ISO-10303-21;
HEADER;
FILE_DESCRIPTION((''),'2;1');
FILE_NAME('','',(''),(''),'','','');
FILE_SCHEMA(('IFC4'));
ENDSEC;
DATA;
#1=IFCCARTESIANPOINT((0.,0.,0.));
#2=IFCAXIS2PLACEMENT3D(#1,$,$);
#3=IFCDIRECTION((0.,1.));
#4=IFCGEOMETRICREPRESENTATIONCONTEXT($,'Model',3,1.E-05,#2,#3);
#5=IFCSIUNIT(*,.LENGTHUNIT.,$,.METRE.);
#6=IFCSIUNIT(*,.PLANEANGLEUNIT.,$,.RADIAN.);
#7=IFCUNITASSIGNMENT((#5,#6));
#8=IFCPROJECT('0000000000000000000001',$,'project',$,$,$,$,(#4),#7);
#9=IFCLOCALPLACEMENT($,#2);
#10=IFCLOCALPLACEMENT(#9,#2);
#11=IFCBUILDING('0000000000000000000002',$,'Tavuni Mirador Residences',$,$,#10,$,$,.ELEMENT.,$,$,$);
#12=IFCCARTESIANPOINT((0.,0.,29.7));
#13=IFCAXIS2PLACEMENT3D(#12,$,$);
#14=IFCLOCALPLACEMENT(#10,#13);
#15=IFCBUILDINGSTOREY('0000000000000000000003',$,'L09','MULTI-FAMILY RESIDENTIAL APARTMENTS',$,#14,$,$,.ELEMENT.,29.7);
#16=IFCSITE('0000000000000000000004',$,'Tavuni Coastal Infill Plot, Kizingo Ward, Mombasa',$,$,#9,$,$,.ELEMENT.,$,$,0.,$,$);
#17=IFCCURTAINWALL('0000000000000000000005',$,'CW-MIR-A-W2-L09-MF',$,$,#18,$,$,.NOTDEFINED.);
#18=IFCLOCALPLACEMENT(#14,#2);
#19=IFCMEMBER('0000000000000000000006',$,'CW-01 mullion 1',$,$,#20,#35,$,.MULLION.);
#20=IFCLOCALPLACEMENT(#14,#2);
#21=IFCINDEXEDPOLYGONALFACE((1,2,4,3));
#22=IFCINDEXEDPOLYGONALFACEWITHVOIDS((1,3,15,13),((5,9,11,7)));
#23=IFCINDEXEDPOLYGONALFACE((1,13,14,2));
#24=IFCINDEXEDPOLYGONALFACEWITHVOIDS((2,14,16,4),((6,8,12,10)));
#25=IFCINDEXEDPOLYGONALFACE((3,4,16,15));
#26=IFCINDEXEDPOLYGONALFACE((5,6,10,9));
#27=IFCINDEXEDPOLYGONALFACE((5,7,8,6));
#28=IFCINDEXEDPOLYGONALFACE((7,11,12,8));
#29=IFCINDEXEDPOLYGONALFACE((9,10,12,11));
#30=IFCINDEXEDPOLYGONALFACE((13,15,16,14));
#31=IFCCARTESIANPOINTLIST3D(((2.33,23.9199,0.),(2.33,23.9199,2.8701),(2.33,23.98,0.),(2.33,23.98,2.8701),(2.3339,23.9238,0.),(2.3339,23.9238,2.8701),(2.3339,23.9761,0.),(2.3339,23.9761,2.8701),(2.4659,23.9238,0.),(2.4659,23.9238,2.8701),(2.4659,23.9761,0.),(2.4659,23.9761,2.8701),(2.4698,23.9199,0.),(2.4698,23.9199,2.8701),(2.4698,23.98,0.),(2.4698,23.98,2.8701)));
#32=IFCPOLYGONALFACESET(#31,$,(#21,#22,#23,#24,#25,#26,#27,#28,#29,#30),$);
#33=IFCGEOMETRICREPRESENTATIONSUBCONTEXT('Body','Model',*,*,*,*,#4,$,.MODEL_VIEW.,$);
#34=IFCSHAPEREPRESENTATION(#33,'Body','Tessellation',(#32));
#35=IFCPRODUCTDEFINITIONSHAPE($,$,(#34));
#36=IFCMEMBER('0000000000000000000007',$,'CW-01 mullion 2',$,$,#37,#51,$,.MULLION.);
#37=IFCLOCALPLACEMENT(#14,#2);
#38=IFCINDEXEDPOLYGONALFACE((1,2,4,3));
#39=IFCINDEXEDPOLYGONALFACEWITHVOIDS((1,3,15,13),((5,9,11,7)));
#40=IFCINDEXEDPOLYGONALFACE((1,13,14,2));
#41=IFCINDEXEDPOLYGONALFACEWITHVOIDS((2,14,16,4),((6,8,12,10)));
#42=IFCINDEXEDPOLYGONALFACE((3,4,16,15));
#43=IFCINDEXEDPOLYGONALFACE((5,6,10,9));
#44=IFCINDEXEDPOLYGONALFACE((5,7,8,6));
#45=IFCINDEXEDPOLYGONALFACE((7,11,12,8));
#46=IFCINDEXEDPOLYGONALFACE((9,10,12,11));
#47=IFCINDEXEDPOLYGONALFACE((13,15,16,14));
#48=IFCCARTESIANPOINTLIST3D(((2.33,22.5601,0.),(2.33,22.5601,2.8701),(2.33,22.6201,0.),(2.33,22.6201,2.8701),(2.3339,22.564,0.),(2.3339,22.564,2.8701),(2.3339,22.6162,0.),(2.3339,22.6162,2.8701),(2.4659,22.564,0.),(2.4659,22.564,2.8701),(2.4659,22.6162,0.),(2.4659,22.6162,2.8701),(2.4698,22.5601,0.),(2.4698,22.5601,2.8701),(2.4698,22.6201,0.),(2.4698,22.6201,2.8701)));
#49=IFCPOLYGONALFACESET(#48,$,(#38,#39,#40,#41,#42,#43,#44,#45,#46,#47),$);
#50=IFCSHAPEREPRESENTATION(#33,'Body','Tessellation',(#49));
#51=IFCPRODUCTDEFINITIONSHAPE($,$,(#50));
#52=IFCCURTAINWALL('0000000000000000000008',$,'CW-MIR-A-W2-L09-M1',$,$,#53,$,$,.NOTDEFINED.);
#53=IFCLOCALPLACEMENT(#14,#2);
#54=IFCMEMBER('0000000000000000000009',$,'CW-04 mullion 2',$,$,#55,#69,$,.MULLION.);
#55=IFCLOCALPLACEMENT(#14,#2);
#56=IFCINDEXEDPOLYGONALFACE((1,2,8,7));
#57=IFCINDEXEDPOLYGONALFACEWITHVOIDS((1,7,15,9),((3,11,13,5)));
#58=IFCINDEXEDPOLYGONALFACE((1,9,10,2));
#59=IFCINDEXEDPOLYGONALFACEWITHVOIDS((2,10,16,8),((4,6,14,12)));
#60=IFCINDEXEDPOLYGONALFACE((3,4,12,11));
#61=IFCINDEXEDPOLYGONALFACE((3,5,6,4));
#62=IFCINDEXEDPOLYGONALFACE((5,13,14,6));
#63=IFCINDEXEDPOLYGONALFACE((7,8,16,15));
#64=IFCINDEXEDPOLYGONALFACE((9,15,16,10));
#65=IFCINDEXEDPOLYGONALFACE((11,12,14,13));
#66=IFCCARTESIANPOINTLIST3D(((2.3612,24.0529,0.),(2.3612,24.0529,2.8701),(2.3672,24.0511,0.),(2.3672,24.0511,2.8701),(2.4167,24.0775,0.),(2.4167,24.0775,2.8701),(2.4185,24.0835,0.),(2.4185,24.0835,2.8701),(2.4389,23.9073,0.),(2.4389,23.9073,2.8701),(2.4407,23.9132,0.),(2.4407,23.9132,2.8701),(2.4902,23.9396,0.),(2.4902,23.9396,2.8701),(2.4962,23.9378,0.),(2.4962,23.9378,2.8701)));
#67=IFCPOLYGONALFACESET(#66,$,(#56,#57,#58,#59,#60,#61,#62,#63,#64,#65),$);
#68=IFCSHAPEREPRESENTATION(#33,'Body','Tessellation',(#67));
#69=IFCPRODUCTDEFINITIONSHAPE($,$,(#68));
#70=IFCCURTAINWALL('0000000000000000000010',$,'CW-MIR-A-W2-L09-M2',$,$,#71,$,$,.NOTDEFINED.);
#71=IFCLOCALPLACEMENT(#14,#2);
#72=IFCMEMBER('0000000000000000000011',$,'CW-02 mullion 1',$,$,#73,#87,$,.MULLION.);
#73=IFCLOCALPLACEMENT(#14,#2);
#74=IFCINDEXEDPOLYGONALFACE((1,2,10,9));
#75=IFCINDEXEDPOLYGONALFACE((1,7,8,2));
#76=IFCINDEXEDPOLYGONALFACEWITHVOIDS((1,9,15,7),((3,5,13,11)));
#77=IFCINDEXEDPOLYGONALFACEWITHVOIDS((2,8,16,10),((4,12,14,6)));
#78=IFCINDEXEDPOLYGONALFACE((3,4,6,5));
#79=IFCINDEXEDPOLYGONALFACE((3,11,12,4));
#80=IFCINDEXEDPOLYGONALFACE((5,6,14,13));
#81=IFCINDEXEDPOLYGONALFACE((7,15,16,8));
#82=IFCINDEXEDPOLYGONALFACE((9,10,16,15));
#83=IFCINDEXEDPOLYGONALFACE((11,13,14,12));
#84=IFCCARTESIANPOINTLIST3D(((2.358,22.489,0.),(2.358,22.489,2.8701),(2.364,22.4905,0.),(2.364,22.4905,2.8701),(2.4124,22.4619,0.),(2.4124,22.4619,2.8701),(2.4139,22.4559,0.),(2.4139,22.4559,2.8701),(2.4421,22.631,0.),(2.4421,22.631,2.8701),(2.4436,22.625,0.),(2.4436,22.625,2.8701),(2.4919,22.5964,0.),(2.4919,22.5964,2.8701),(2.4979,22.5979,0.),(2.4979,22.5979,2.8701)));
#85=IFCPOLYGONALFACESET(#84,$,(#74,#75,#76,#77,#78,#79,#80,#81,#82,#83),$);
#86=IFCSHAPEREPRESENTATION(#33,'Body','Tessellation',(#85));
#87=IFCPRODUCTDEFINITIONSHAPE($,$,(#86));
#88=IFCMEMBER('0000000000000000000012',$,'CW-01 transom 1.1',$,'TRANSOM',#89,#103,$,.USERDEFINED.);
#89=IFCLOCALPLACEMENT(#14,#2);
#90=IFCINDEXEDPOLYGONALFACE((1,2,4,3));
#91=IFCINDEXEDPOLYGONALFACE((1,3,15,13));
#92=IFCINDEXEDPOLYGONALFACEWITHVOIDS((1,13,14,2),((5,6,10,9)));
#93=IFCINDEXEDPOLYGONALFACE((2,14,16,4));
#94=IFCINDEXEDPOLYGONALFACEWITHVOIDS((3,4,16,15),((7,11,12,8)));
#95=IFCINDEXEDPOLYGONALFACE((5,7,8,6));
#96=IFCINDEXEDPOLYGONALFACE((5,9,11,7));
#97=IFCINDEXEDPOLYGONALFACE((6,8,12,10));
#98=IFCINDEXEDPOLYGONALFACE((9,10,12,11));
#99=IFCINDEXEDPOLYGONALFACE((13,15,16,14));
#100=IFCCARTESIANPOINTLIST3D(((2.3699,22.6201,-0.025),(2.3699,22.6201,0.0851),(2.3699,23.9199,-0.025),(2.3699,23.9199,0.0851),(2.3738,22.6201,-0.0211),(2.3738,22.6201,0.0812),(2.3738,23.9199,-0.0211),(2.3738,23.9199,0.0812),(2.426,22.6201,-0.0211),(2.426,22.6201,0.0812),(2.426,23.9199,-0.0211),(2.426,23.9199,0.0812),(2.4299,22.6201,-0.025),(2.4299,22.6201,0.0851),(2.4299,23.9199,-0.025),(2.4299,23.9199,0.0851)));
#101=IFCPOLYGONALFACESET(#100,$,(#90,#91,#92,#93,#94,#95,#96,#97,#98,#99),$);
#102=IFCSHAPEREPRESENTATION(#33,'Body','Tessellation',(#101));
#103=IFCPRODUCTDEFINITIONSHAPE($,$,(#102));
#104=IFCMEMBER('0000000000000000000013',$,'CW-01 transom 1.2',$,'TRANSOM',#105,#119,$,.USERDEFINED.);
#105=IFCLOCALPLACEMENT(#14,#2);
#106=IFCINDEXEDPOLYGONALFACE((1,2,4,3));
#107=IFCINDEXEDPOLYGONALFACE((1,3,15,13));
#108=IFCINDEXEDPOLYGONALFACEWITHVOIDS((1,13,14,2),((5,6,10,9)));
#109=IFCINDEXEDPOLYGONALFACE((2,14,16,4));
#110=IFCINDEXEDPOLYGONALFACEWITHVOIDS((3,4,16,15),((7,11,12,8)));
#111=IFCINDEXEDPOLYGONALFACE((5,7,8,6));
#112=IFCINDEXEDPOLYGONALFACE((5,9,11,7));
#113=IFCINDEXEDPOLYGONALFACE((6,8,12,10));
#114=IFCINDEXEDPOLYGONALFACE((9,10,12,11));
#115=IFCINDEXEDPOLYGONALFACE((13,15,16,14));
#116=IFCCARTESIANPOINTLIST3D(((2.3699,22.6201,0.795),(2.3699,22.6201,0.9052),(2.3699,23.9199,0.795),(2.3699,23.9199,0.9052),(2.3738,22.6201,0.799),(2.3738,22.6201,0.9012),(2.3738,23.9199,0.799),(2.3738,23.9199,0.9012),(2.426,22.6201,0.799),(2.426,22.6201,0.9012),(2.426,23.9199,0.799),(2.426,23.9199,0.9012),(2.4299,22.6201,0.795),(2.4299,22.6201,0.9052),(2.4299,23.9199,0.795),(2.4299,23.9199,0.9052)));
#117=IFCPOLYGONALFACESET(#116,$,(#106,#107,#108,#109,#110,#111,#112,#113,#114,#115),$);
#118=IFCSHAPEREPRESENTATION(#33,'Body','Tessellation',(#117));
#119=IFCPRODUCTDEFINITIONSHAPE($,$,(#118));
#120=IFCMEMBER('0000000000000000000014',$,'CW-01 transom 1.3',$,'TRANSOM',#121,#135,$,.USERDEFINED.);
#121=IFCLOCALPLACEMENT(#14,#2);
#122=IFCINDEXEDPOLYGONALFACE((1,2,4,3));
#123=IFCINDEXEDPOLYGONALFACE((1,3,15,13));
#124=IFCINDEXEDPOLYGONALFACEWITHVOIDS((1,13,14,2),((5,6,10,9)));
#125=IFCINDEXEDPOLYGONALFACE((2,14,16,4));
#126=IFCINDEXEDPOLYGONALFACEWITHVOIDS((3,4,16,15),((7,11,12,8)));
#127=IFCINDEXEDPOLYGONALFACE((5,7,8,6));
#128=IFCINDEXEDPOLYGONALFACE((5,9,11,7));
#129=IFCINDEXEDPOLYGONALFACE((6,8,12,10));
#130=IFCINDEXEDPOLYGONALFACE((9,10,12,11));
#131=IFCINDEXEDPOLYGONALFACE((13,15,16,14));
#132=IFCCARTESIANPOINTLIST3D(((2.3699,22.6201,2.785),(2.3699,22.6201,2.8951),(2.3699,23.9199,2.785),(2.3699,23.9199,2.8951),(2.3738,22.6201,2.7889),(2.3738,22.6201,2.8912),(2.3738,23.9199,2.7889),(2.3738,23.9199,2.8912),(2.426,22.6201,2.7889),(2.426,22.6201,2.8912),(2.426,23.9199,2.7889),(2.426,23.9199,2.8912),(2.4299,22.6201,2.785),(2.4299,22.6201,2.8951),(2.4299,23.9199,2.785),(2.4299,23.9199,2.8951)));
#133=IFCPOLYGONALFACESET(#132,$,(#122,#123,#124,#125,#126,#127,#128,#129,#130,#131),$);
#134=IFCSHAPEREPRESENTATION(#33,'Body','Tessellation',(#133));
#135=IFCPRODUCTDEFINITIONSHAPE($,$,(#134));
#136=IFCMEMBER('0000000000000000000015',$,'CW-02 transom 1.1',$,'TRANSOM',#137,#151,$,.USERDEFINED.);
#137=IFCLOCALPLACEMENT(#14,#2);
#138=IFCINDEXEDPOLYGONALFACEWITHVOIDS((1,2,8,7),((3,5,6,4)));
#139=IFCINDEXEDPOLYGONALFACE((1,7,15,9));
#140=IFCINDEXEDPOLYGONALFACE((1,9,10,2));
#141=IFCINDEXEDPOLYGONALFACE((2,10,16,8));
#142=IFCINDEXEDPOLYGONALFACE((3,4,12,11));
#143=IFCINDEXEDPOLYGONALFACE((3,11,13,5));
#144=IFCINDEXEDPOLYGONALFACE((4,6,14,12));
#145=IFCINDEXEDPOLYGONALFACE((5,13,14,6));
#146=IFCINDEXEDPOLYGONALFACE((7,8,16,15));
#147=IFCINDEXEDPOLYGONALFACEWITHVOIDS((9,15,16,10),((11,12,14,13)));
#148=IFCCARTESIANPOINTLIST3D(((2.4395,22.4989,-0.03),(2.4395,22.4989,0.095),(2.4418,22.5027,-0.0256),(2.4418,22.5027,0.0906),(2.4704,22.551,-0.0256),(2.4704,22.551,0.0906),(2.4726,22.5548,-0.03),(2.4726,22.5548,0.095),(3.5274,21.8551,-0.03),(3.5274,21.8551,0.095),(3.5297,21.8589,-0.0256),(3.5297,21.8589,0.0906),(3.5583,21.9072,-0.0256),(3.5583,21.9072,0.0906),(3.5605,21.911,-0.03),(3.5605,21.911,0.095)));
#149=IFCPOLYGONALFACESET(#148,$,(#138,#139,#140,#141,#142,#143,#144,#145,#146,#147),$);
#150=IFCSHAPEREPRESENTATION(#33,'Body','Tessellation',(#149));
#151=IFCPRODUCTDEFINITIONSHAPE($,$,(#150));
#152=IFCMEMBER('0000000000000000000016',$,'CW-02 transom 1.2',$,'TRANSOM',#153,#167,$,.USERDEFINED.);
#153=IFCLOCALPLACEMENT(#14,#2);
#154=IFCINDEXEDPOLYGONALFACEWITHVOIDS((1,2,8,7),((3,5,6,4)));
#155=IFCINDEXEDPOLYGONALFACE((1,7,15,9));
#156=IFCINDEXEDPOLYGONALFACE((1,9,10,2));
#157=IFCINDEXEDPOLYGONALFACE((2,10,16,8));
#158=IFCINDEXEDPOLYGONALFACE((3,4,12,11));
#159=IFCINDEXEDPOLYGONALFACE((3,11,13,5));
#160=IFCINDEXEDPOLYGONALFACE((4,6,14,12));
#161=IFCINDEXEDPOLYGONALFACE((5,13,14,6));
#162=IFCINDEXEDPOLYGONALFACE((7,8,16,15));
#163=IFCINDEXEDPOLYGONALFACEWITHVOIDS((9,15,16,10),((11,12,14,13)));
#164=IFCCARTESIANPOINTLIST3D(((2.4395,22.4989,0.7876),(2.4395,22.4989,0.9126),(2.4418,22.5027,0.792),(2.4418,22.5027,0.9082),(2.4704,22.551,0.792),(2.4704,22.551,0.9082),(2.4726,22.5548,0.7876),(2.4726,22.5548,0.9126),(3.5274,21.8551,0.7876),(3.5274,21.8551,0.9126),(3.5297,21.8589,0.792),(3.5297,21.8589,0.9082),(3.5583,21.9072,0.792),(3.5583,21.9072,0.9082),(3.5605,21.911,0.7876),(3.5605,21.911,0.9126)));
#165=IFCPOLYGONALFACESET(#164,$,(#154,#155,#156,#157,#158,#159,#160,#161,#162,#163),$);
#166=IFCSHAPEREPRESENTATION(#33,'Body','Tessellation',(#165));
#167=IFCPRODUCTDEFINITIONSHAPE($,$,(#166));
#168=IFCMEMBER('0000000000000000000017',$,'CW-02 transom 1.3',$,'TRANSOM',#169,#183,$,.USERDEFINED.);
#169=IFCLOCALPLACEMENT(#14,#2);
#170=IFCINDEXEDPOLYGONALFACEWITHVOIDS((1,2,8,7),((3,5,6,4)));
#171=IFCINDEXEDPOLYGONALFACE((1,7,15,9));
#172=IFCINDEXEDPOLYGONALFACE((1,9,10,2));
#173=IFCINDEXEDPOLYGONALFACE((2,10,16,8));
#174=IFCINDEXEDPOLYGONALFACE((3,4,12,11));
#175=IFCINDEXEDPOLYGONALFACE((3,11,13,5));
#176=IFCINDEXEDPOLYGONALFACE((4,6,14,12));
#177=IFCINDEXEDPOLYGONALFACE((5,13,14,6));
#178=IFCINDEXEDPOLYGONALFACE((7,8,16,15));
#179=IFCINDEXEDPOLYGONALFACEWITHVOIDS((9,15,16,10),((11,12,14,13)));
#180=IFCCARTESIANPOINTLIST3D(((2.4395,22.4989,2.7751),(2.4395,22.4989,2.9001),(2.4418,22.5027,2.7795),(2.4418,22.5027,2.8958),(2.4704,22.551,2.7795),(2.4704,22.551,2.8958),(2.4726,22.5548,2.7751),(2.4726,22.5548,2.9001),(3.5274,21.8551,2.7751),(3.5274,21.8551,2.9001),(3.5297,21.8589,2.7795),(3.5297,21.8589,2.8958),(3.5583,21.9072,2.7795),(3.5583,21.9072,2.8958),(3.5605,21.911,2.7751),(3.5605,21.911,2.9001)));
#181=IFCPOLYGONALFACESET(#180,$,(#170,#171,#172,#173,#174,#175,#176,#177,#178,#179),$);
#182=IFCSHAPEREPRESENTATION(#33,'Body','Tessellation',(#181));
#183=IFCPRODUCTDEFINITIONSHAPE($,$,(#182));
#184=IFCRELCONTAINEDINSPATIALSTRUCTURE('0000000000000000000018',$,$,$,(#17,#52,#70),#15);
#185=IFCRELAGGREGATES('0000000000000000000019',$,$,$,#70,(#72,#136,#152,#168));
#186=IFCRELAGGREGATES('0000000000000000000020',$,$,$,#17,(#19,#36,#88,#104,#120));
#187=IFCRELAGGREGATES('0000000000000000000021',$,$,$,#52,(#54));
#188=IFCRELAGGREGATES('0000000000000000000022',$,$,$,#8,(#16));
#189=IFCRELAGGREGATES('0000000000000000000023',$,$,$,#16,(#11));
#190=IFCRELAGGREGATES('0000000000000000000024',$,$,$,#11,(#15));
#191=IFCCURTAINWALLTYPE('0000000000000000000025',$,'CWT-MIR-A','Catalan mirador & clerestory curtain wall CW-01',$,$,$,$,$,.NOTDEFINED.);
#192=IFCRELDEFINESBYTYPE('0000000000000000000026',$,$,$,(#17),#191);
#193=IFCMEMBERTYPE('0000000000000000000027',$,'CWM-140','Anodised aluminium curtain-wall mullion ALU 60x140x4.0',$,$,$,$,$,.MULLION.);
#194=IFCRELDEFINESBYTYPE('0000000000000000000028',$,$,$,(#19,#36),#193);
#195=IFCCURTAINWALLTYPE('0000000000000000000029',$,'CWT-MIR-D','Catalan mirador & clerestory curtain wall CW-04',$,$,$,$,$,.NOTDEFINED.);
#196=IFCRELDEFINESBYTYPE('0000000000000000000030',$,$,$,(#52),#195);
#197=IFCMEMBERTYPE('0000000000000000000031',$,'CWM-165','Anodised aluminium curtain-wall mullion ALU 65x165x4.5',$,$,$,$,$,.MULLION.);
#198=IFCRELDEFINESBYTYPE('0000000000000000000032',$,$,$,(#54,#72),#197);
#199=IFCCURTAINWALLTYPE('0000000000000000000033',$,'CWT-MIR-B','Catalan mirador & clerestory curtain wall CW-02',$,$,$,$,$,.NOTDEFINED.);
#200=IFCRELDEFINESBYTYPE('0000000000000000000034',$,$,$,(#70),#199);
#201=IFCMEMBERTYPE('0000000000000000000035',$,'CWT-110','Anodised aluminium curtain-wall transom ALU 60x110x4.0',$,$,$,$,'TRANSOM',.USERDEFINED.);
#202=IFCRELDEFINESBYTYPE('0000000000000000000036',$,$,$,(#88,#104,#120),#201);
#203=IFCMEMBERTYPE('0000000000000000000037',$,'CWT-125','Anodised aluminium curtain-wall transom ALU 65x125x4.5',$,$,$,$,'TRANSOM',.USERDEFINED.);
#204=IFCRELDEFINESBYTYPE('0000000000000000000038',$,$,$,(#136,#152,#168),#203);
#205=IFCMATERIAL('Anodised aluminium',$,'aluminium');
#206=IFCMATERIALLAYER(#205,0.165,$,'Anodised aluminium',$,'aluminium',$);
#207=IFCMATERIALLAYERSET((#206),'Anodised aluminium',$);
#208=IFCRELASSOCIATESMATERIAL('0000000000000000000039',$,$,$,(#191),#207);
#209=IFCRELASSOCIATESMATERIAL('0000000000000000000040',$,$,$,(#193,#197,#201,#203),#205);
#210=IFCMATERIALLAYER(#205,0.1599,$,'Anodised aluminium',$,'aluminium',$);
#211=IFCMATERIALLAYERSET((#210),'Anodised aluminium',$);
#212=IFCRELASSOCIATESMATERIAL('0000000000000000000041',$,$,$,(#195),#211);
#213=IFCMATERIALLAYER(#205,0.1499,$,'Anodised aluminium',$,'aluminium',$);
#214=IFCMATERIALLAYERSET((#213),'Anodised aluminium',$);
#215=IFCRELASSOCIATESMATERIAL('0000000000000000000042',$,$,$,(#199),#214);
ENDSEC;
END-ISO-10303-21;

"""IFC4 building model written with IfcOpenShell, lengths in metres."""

from ifc_helpers import new_model, si_unit, direction, frame, origin, origin_2d, place, context, subcontext, project, spatial, hollow_rectangle, extrude, material, layer, layer_set, material_profile, profile_set, type_object, element, aggregate, save


model = new_model("IFC4")

# Units and contexts
model_context = context("Model", 3, precision=1e-05, world=origin(), true_north=direction((0.0, 1.0)))
body_context = subcontext(model_context, "Body", "Model", "MODEL_VIEW")
ifc_project = project(units=[si_unit("LENGTHUNIT", "METRE"), si_unit("PLANEANGLEUNIT", "RADIAN")], contexts=[model_context])

# Site, building, storey
site_placement = place(None, origin())
site = spatial("IfcSite", under=ifc_project, at=site_placement, Name="Tavuni Coastal Infill Plot, Kizingo Ward, Mombasa", CompositionType="ELEMENT", RefElevation=0.0)
building_placement = place(site_placement, origin())
building = spatial("IfcBuilding", under=site, at=building_placement, Name="Tavuni Mirador Residences", CompositionType="ELEMENT")
storey_placement = place(building_placement, frame((0.0, 0.0, 29.7)))
storey = spatial("IfcBuildingStorey", under=building, at=storey_placement, Name="L09", Description="MULTI-FAMILY RESIDENTIAL APARTMENTS", CompositionType="ELEMENT", Elevation=29.7)

# Curtain wall, members
ifc_material_1 = material(Name="Anodised aluminium", Category="aluminium")
ifc_layer_1 = layer(ifc_material_1, 0.165, Name="Anodised aluminium", Category="aluminium")
ifc_layer_set_1 = layer_set([ifc_layer_1], Name="Anodised aluminium")
curtain_wall_type_1 = type_object("IfcCurtainWallType", Name="CWT-MIR-A", Description="Catalan mirador & clerestory curtain wall CW-01", PredefinedType="NOTDEFINED", material=ifc_layer_set_1)
curtain_wall_1_placement = place(storey_placement, origin())
curtain_wall_1 = element("IfcCurtainWall", 1, at=curtain_wall_1_placement, inside=storey, type_object=curtain_wall_type_1, Name="CW-MIR-A-W2-L09-MF", PredefinedType="NOTDEFINED")
ifc_material_profile_1 = material_profile(ifc_material_1, hollow_rectangle(XDim=0.0601, YDim=0.1399, WallThickness=0.0039, at=origin_2d()), Name="ALU 60x140x4.0", Category="aluminium")
ifc_profile_set_1 = profile_set([ifc_material_profile_1], Name="Anodised aluminium")
member_type_1 = type_object("IfcMemberType", Name="CWM-140", Description="Anodised aluminium curtain-wall mullion ALU 60x140x4.0", PredefinedType="MULLION", material=ifc_profile_set_1)
member_1_placement = place(storey_placement, frame((2.3999, 23.95, 0.0), z_axis=(0.0, 0.0, 1.0), x_axis=(0.0, -1.0, 0.0)))
member_1 = element("IfcMember", 2, at=member_1_placement, type_object=member_type_1, Name="CW-01 mullion 1", PredefinedType="MULLION", context=body_context, shape_type="SweptSolid", body=[
    extrude(hollow_rectangle(XDim=0.0601, YDim=0.1399, WallThickness=0.0039, at=origin_2d()), origin(), (0.0, 0.0, 1.0), 2.8701),
])
member_2_placement = place(storey_placement, frame((2.3999, 22.5901, 0.0), z_axis=(0.0, 0.0, 1.0), x_axis=(0.0, -1.0, 0.0)))
member_2 = element("IfcMember", 3, at=member_2_placement, type_object=member_type_1, Name="CW-01 mullion 2", PredefinedType="MULLION", context=body_context, shape_type="SweptSolid", body=[
    extrude(hollow_rectangle(XDim=0.0601, YDim=0.1399, WallThickness=0.0039, at=origin_2d()), origin(), (0.0, 0.0, 1.0), 2.8701),
])

# Curtain walls, members
ifc_layer_2 = layer(ifc_material_1, 0.1599, Name="Anodised aluminium", Category="aluminium")
ifc_layer_set_2 = layer_set([ifc_layer_2], Name="Anodised aluminium")
curtain_wall_type_2 = type_object("IfcCurtainWallType", Name="CWT-MIR-D", Description="Catalan mirador & clerestory curtain wall CW-04", PredefinedType="NOTDEFINED", material=ifc_layer_set_2)
curtain_wall_2_placement = place(storey_placement, origin())
curtain_wall_2 = element("IfcCurtainWall", 4, at=curtain_wall_2_placement, inside=storey, type_object=curtain_wall_type_2, Name="CW-MIR-A-W2-L09-M1", PredefinedType="NOTDEFINED")
ifc_material_profile_2 = material_profile(ifc_material_1, hollow_rectangle(XDim=0.0649, YDim=0.165, WallThickness=0.0044, at=origin_2d()), Name="ALU 65x165x4.5", Category="aluminium")
ifc_profile_set_2 = profile_set([ifc_material_profile_2], Name="Anodised aluminium")
member_type_2 = type_object("IfcMemberType", Name="CWM-165", Description="Anodised aluminium curtain-wall mullion ALU 65x165x4.5", PredefinedType="MULLION", material=ifc_profile_set_2)
member_3_placement = place(storey_placement, frame((2.4287, 23.9954, 0.0), z_axis=(0.0, 0.0, 1.0), x_axis=(-0.882353, -0.470588, 0.0)))
member_3 = element("IfcMember", 5, at=member_3_placement, type_object=member_type_2, Name="CW-04 mullion 2", PredefinedType="MULLION", context=body_context, shape_type="SweptSolid", body=[
    extrude(hollow_rectangle(XDim=0.0649, YDim=0.165, WallThickness=0.0044, at=origin_2d()), origin(), (0.0, 0.0, 1.0), 2.8701),
])
ifc_layer_3 = layer(ifc_material_1, 0.1499, Name="Anodised aluminium", Category="aluminium")
ifc_layer_set_3 = layer_set([ifc_layer_3], Name="Anodised aluminium")
curtain_wall_type_3 = type_object("IfcCurtainWallType", Name="CWT-MIR-B", Description="Catalan mirador & clerestory curtain wall CW-02", PredefinedType="NOTDEFINED", material=ifc_layer_set_3)
curtain_wall_3_placement = place(storey_placement, origin())
curtain_wall_3 = element("IfcCurtainWall", 6, at=curtain_wall_3_placement, inside=storey, type_object=curtain_wall_type_3, Name="CW-MIR-A-W2-L09-M2", PredefinedType="NOTDEFINED")
member_4_placement = place(storey_placement, frame((2.428, 22.5435, 0.0), z_axis=(0.0, 0.0, 1.0), x_axis=(0.860641, -0.509212, 0.0)))
member_4 = element("IfcMember", 7, at=member_4_placement, type_object=member_type_2, Name="CW-02 mullion 1", PredefinedType="MULLION", context=body_context, shape_type="SweptSolid", body=[
    extrude(hollow_rectangle(XDim=0.0649, YDim=0.165, WallThickness=0.0044, at=origin_2d()), origin(), (0.0, 0.0, 1.0), 2.8701),
])

# Members
ifc_material_profile_3 = material_profile(ifc_material_1, hollow_rectangle(XDim=0.0601, YDim=0.1101, WallThickness=0.0039, at=origin_2d()), Name="ALU 60x110x4.0", Category="aluminium")
ifc_profile_set_3 = profile_set([ifc_material_profile_3], Name="Anodised aluminium")
member_type_3 = type_object("IfcMemberType", Name="CWT-110", Description="Anodised aluminium curtain-wall transom ALU 60x110x4.0", ElementType="TRANSOM", PredefinedType="USERDEFINED", material=ifc_profile_set_3)
member_5_placement = place(storey_placement, frame((2.3999, 23.9199, 0.03), z_axis=(0.0, -1.0, 0.0), x_axis=(1.0, 0.0, 0.0)))
member_5 = element("IfcMember", 8, at=member_5_placement, type_object=member_type_3, Name="CW-01 transom 1.1", ObjectType="TRANSOM", PredefinedType="USERDEFINED", context=body_context, shape_type="SweptSolid", body=[
    extrude(hollow_rectangle(XDim=0.0601, YDim=0.1101, WallThickness=0.0039, at=origin_2d()), origin(), (0.0, 0.0, 1.0), 1.2998),
])
member_6_placement = place(storey_placement, frame((2.3999, 23.9199, 0.8501), z_axis=(0.0, -1.0, 0.0), x_axis=(1.0, 0.0, 0.0)))
member_6 = element("IfcMember", 9, at=member_6_placement, type_object=member_type_3, Name="CW-01 transom 1.2", ObjectType="TRANSOM", PredefinedType="USERDEFINED", context=body_context, shape_type="SweptSolid", body=[
    extrude(hollow_rectangle(XDim=0.0601, YDim=0.1101, WallThickness=0.0039, at=origin_2d()), origin(), (0.0, 0.0, 1.0), 1.2998),
])
member_7_placement = place(storey_placement, frame((2.3999, 23.9199, 2.8401), z_axis=(0.0, -1.0, 0.0), x_axis=(1.0, 0.0, 0.0)))
member_7 = element("IfcMember", 10, at=member_7_placement, type_object=member_type_3, Name="CW-01 transom 1.3", ObjectType="TRANSOM", PredefinedType="USERDEFINED", context=body_context, shape_type="SweptSolid", body=[
    extrude(hollow_rectangle(XDim=0.0601, YDim=0.1101, WallThickness=0.0039, at=origin_2d()), origin(), (0.0, 0.0, 1.0), 1.2998),
])
ifc_material_profile_4 = material_profile(ifc_material_1, hollow_rectangle(XDim=0.0649, YDim=0.125, WallThickness=0.0044, at=origin_2d()), Name="ALU 65x125x4.5", Category="aluminium")
ifc_profile_set_4 = profile_set([ifc_material_profile_4], Name="Anodised aluminium")
member_type_4 = type_object("IfcMemberType", Name="CWT-125", Description="Anodised aluminium curtain-wall transom ALU 65x125x4.5", ElementType="TRANSOM", PredefinedType="USERDEFINED", material=ifc_profile_set_4)
member_8_placement = place(storey_placement, frame((2.4561, 22.5269, 0.0325), z_axis=(0.860596, -0.509289, 0.0), x_axis=(0.509289, 0.860596, 0.0)))
member_8 = element("IfcMember", 11, at=member_8_placement, type_object=member_type_4, Name="CW-02 transom 1.1", ObjectType="TRANSOM", PredefinedType="USERDEFINED", context=body_context, shape_type="SweptSolid", body=[
    extrude(hollow_rectangle(XDim=0.0649, YDim=0.125, WallThickness=0.0044, at=origin_2d()), origin(), (0.0, 0.0, 1.0), 1.2642),
])
member_9_placement = place(storey_placement, frame((2.4561, 22.5269, 0.8501), z_axis=(0.860596, -0.509289, 0.0), x_axis=(0.509289, 0.860596, 0.0)))
member_9 = element("IfcMember", 12, at=member_9_placement, type_object=member_type_4, Name="CW-02 transom 1.2", ObjectType="TRANSOM", PredefinedType="USERDEFINED", context=body_context, shape_type="SweptSolid", body=[
    extrude(hollow_rectangle(XDim=0.0649, YDim=0.125, WallThickness=0.0044, at=origin_2d()), origin(), (0.0, 0.0, 1.0), 1.2642),
])
member_10_placement = place(storey_placement, frame((2.4561, 22.5269, 2.8376), z_axis=(0.860596, -0.509289, 0.0), x_axis=(0.509289, 0.860596, 0.0)))
member_10 = element("IfcMember", 13, at=member_10_placement, type_object=member_type_4, Name="CW-02 transom 1.3", ObjectType="TRANSOM", PredefinedType="USERDEFINED", context=body_context, shape_type="SweptSolid", body=[
    extrude(hollow_rectangle(XDim=0.0649, YDim=0.125, WallThickness=0.0044, at=origin_2d()), origin(), (0.0, 0.0, 1.0), 1.2642),
])
aggregate(curtain_wall_3, [member_4, member_8, member_9, member_10])

aggregate(curtain_wall_1, [member_1, member_2, member_5, member_6, member_7])
aggregate(curtain_wall_2, [member_3])

save(model, "model.ifc")
